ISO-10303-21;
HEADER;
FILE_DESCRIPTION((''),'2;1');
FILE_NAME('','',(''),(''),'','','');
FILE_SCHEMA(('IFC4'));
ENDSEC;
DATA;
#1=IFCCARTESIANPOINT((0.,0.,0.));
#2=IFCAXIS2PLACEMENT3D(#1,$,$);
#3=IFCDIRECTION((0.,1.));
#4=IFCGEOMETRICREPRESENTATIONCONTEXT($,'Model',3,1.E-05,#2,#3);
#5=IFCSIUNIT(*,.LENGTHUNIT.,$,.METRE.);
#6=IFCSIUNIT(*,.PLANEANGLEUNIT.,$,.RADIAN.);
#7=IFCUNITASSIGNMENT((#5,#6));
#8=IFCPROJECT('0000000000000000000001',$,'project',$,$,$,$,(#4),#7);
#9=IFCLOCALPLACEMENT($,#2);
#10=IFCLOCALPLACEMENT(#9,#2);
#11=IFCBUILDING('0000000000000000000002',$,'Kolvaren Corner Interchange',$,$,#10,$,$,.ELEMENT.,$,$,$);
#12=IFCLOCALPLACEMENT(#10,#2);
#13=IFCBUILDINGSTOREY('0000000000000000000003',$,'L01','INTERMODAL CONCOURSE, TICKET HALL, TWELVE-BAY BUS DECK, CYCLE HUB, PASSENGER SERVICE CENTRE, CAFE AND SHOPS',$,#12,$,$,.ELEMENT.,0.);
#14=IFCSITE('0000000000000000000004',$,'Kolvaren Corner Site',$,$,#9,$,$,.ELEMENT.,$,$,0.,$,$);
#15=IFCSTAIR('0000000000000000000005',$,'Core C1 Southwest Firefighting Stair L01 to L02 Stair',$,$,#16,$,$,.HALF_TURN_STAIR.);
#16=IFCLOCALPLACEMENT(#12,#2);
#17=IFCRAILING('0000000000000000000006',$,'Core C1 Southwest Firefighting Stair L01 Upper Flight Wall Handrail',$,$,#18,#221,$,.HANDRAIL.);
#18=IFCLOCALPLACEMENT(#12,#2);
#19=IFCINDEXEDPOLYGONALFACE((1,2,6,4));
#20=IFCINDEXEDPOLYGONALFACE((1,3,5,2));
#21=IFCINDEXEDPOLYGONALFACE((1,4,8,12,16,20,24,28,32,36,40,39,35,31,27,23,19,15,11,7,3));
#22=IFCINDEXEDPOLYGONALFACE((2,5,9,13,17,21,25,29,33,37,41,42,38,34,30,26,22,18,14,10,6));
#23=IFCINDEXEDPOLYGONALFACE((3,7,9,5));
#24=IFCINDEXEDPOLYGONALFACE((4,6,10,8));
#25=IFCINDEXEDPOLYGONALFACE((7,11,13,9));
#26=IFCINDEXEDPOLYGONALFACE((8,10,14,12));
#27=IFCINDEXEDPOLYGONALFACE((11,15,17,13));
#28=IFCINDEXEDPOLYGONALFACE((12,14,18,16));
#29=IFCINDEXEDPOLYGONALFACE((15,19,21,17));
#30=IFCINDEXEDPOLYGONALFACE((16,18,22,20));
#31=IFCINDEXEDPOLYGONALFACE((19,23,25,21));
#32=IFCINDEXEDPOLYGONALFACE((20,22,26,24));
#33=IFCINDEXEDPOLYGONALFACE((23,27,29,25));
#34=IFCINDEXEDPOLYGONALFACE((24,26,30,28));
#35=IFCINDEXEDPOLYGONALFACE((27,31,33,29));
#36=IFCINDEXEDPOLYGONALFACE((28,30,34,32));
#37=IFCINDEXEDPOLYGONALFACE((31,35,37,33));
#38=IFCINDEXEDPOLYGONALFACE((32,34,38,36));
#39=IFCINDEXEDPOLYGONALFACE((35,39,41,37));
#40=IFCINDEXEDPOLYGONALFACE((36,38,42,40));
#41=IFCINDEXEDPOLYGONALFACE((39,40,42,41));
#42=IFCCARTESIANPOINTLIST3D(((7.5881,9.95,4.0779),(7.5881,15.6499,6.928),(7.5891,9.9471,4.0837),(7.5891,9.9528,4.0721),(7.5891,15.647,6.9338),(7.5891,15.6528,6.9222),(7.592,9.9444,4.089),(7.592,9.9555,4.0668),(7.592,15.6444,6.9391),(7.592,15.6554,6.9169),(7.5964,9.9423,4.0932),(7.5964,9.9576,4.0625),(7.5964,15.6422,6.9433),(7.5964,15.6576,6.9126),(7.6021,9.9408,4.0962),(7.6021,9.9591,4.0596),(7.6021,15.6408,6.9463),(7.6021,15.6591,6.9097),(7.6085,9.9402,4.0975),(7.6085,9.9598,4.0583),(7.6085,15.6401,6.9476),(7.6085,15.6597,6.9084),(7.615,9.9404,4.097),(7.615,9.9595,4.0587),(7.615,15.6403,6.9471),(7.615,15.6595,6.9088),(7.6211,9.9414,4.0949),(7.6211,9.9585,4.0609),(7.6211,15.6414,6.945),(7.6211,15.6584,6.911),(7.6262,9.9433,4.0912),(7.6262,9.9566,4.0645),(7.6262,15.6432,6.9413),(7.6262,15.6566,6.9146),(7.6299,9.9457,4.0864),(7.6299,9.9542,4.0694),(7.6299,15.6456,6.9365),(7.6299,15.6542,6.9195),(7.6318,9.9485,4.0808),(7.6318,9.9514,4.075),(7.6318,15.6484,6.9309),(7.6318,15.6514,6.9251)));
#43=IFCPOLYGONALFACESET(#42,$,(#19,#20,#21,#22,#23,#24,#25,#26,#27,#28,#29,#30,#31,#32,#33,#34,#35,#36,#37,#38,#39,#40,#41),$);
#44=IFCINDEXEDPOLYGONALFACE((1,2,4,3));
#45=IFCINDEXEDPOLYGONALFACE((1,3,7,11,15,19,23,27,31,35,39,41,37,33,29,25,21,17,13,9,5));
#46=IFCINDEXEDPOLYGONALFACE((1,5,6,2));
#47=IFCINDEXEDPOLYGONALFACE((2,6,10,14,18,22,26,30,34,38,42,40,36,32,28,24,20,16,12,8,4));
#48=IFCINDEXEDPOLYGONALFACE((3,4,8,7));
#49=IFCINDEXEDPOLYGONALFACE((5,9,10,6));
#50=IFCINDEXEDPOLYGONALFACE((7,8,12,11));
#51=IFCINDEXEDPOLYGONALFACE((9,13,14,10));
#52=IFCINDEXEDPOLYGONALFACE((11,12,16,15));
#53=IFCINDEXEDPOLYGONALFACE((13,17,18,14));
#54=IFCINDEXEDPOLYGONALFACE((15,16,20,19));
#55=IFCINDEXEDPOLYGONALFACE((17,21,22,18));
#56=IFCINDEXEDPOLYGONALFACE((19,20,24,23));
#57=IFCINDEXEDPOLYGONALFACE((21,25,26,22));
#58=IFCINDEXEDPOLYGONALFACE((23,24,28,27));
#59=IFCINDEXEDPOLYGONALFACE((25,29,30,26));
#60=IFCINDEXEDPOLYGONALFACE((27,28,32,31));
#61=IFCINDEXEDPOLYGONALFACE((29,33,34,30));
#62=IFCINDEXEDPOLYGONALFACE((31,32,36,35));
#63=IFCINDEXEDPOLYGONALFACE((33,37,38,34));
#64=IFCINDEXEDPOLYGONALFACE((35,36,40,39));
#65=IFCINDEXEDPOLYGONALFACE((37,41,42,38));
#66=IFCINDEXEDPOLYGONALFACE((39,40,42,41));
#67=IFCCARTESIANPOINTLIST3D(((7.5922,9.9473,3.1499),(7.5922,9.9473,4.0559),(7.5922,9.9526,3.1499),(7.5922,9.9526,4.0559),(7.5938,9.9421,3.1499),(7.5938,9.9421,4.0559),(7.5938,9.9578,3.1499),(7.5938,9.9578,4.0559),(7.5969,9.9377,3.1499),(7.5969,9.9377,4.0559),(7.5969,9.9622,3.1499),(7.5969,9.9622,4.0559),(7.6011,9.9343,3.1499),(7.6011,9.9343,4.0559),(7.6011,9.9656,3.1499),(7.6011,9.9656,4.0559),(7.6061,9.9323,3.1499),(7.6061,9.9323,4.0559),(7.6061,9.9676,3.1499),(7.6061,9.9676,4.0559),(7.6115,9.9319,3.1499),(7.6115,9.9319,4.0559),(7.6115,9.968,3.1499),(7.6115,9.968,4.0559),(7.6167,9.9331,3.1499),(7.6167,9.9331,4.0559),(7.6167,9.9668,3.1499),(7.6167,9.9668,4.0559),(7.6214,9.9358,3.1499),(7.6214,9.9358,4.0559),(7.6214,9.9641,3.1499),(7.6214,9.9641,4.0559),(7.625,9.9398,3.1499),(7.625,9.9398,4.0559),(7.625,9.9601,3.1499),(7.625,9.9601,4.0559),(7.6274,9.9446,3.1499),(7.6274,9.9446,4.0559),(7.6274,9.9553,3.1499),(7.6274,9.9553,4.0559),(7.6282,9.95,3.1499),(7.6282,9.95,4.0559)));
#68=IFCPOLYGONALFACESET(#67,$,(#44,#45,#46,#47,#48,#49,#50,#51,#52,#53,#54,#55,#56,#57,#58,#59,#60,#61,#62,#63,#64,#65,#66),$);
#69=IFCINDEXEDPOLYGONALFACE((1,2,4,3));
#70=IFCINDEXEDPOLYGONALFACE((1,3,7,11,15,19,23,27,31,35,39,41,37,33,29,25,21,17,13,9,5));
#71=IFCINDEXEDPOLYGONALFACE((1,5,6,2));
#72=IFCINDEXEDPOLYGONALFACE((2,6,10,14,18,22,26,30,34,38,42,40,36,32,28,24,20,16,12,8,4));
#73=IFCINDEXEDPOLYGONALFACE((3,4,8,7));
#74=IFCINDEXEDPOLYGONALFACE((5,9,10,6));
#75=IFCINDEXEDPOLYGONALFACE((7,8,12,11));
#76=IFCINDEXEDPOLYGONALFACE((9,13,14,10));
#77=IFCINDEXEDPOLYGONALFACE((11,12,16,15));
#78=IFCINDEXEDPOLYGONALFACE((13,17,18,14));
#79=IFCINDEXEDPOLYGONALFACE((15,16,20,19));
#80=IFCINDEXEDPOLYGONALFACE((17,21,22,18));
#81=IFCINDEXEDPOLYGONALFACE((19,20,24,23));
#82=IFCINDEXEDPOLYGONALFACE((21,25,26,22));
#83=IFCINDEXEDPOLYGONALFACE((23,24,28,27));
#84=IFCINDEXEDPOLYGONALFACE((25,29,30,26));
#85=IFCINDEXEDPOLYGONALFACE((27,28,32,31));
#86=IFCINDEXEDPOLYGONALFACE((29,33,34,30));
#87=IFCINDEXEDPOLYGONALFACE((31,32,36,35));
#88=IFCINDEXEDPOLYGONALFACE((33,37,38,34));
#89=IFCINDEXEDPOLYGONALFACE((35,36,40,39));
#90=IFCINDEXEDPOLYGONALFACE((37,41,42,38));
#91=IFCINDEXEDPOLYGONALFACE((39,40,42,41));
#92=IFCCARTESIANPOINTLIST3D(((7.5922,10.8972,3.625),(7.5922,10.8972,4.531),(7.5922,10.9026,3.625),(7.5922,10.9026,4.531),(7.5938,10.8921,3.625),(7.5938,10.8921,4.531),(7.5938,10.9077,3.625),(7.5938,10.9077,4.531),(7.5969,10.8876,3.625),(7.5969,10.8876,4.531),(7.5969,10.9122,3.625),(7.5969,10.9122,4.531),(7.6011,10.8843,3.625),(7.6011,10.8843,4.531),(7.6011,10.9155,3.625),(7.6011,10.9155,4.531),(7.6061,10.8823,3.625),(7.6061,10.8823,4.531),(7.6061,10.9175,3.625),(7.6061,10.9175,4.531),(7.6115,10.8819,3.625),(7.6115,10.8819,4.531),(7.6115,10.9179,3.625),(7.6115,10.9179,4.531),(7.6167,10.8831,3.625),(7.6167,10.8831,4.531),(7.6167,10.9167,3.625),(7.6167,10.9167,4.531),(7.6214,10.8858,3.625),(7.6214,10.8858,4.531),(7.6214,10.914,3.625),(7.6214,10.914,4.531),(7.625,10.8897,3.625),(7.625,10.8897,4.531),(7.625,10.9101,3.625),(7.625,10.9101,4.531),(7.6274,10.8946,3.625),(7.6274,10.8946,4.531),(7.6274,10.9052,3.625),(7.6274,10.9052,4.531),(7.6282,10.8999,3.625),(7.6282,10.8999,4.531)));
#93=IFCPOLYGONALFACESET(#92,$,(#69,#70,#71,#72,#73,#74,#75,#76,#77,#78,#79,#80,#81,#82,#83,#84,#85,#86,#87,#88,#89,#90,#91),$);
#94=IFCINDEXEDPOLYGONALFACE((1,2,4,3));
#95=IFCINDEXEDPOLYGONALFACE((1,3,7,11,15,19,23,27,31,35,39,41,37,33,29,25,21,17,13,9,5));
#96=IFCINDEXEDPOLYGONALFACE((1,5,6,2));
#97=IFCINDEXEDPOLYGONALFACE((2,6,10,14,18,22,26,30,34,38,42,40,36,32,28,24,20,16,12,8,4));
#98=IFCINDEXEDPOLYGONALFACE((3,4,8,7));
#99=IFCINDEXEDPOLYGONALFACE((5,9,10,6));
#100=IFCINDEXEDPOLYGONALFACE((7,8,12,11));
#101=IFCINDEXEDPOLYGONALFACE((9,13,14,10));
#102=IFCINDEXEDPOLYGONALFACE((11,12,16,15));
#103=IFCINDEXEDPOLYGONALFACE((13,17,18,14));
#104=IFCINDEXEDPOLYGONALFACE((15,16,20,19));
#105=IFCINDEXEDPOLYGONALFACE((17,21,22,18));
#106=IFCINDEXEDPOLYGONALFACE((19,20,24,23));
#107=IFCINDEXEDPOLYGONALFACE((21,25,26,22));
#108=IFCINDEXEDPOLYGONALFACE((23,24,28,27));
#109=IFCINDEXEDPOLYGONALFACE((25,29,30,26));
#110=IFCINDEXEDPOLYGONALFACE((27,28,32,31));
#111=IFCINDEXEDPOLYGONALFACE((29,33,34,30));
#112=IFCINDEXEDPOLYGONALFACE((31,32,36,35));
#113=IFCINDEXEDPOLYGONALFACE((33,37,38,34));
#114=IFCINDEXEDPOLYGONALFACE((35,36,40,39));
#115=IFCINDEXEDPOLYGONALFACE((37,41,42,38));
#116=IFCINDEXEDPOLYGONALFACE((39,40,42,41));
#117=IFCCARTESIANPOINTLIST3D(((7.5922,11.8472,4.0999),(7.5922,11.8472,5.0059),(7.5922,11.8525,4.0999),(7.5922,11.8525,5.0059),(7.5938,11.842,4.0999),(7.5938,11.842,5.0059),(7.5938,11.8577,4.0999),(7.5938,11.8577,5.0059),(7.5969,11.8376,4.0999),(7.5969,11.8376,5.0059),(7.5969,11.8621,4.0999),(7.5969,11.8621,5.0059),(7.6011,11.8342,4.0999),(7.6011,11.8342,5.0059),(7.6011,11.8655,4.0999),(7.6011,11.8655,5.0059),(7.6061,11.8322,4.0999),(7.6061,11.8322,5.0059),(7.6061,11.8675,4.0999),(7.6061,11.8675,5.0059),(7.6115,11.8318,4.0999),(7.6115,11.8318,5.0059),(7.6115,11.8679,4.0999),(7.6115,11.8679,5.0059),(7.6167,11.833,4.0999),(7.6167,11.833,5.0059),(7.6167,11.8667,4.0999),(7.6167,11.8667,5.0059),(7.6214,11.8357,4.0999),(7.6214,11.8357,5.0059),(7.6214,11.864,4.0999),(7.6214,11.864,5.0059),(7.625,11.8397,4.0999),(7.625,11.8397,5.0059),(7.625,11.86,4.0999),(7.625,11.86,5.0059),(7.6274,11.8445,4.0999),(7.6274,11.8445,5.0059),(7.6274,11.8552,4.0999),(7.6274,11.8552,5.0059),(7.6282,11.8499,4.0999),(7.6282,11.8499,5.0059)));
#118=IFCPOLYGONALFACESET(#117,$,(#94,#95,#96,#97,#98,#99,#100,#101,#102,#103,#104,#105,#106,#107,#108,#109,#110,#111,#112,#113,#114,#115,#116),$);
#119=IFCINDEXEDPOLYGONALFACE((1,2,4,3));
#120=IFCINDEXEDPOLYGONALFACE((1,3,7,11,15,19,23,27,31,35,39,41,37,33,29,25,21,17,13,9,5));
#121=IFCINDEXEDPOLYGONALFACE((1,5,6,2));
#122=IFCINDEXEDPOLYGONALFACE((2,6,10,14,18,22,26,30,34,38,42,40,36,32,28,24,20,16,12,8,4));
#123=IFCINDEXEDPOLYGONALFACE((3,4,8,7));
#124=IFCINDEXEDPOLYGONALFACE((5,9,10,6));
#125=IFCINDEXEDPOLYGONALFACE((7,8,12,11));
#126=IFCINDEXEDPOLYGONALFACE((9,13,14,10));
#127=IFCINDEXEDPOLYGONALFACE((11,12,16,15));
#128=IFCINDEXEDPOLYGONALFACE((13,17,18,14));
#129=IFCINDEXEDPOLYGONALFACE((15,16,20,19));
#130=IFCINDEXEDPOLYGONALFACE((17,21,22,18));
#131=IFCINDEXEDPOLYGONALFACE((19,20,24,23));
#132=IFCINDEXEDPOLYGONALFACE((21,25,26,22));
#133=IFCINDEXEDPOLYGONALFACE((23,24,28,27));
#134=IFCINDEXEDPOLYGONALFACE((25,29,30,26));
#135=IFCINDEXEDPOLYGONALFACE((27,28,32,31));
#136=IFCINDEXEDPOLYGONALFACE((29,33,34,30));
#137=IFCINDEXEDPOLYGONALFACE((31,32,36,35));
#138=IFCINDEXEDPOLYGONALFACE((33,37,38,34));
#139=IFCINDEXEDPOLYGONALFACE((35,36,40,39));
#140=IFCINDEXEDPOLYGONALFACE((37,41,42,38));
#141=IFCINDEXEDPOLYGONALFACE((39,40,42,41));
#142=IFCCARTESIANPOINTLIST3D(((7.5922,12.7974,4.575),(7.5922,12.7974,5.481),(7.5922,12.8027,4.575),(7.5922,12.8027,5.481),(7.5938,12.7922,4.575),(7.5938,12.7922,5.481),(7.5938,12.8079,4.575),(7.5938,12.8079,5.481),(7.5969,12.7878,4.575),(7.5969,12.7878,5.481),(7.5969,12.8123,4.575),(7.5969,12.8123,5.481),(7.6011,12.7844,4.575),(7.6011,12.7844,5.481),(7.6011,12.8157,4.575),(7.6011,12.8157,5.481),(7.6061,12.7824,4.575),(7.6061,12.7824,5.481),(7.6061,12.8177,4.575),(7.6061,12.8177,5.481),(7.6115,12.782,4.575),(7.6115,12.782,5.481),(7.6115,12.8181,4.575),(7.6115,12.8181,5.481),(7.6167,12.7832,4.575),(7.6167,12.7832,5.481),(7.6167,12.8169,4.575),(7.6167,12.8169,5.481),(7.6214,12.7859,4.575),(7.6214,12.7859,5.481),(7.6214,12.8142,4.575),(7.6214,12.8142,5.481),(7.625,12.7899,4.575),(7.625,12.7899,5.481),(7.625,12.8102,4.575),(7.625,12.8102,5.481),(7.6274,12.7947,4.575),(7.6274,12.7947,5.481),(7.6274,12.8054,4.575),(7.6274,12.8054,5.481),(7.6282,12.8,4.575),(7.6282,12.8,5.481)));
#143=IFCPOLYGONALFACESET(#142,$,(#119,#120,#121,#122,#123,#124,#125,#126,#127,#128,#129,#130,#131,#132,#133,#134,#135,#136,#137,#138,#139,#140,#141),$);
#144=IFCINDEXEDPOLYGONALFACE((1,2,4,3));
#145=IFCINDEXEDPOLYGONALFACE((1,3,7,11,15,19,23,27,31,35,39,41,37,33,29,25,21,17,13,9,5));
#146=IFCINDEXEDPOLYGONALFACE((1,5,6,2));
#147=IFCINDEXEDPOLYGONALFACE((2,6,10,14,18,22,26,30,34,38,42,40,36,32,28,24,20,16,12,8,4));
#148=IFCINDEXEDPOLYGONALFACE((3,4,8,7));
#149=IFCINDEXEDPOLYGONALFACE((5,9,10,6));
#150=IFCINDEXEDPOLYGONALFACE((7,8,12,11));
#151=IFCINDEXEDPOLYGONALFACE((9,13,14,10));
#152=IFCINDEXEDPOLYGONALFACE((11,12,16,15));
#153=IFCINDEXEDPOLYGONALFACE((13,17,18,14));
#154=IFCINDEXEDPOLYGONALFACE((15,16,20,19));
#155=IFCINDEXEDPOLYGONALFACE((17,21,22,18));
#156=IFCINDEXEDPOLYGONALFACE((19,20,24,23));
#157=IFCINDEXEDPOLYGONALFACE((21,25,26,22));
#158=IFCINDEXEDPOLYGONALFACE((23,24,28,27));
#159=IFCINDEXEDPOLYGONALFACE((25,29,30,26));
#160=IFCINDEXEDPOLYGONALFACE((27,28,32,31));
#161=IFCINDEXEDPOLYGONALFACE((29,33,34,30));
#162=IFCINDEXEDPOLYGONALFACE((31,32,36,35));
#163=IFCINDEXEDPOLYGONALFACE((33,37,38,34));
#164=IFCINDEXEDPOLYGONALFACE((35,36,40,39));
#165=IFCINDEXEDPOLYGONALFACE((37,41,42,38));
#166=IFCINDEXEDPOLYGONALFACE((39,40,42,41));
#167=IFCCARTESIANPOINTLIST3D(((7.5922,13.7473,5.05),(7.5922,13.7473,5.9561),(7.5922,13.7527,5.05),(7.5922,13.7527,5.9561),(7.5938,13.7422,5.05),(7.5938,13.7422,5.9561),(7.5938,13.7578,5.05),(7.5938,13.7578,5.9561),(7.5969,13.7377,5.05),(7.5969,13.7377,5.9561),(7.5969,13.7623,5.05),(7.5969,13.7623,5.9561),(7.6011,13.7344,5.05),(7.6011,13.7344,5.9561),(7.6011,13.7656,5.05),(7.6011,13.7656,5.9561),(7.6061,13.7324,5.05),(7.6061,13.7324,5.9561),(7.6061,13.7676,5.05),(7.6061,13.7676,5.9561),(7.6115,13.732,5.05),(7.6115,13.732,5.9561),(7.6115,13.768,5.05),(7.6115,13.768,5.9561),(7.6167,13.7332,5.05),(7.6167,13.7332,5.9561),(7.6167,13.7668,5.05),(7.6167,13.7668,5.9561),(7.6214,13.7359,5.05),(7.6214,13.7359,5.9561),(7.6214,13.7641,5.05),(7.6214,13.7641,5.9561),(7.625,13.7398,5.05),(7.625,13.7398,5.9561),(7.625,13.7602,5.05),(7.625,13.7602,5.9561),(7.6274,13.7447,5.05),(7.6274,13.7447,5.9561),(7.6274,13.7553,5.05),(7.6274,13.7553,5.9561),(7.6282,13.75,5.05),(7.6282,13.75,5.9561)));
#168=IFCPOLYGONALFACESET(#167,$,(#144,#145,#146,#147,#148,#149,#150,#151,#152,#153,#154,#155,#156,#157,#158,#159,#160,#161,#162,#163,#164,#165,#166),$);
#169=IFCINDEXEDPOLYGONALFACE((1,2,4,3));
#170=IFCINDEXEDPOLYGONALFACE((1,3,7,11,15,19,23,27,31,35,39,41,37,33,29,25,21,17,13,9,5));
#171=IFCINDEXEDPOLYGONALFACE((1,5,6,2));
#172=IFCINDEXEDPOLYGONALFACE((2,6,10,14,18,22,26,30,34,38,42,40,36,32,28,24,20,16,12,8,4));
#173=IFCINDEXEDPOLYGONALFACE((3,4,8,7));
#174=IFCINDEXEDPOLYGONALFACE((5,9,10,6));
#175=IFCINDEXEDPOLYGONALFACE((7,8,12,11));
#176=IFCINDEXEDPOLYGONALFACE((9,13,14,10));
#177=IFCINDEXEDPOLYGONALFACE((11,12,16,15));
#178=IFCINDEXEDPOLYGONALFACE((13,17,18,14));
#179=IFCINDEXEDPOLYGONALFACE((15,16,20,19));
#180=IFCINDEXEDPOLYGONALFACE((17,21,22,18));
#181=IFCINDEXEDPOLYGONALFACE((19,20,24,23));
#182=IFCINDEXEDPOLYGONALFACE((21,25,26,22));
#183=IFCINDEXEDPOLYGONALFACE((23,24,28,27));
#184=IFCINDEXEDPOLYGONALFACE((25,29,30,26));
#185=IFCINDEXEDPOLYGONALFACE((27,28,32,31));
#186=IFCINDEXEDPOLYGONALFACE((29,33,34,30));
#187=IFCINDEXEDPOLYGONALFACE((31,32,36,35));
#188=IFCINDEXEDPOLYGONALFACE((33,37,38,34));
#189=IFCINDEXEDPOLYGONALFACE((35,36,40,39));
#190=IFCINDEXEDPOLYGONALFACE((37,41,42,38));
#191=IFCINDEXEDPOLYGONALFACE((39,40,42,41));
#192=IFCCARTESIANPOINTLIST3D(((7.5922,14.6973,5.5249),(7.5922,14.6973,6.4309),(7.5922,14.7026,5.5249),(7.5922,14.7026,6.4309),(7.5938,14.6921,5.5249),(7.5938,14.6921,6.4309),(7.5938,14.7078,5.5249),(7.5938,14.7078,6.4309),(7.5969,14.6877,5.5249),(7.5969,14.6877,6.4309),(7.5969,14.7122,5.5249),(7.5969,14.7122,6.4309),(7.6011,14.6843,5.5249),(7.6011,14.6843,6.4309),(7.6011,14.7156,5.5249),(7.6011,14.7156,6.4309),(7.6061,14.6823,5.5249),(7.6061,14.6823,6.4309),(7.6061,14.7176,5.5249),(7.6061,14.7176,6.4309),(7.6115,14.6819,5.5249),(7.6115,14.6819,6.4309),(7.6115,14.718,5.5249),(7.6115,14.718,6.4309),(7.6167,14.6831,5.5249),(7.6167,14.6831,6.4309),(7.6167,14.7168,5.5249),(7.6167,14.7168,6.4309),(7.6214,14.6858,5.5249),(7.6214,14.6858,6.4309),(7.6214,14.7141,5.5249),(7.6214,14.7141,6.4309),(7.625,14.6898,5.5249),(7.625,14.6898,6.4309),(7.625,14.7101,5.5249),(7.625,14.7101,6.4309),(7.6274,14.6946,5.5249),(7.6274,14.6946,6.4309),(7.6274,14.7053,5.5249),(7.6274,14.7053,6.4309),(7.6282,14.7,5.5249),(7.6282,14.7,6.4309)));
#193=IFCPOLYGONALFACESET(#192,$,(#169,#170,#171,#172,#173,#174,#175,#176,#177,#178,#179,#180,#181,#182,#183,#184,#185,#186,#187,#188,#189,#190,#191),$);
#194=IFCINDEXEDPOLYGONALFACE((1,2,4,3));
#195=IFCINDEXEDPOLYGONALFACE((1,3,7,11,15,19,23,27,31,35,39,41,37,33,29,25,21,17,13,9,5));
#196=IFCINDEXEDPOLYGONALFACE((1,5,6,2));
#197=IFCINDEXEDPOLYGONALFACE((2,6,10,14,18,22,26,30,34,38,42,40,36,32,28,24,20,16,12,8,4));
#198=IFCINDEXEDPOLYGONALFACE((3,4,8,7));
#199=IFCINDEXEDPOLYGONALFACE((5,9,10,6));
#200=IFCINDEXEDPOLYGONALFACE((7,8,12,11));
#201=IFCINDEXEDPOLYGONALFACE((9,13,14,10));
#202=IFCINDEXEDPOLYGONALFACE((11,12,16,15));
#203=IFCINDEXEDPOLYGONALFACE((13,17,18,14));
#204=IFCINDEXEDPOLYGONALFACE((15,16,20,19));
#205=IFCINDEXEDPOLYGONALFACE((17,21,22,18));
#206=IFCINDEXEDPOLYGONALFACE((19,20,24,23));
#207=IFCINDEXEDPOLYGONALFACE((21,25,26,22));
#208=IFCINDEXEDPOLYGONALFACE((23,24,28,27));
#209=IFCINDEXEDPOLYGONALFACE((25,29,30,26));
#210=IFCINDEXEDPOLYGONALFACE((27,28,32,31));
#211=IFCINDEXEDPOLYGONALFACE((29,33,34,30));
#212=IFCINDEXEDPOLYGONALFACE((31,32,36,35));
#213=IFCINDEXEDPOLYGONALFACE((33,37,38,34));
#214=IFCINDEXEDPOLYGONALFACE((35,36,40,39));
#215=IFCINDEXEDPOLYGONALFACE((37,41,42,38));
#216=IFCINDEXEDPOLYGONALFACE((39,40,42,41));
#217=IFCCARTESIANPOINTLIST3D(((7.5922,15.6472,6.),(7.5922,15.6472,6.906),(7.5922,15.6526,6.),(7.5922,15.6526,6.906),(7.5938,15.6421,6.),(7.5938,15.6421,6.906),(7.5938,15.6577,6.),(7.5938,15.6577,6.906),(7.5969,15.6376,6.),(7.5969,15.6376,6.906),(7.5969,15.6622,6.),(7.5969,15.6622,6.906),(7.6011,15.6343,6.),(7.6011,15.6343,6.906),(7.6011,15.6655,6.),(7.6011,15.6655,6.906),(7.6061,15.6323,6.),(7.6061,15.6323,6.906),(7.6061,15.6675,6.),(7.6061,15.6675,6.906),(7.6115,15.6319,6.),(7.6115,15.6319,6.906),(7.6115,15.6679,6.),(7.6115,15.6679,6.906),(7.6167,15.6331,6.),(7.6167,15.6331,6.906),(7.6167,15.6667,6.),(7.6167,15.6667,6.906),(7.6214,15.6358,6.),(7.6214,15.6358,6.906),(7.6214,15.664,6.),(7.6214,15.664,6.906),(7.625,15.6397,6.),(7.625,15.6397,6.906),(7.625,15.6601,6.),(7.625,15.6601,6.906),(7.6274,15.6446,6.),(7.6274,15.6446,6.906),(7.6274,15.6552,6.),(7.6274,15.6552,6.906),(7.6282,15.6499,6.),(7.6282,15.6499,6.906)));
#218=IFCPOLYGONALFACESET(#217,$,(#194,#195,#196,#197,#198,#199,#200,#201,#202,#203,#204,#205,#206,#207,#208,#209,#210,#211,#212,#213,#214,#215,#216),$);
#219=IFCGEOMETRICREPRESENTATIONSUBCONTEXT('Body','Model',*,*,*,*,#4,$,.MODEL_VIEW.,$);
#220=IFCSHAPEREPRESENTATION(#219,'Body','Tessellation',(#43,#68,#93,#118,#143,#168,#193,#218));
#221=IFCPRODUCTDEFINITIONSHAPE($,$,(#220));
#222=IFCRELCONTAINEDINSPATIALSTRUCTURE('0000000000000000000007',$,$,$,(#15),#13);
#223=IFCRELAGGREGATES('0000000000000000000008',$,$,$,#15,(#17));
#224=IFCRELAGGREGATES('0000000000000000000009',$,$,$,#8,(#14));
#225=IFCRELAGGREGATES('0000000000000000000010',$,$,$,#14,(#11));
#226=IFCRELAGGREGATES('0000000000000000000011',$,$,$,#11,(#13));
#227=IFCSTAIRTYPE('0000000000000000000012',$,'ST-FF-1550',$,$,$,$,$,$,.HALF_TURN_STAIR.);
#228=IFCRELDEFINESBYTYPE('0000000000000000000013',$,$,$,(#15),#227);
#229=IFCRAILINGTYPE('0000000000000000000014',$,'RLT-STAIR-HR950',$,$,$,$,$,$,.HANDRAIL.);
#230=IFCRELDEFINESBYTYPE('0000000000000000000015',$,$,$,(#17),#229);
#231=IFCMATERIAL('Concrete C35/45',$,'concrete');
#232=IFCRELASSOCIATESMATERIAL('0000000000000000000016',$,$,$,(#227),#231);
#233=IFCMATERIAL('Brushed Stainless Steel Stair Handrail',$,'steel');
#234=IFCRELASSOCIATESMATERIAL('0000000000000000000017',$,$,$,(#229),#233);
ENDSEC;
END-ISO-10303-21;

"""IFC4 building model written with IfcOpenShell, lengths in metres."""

from ifc_helpers import new_model, si_unit, direction, frame, origin, origin_2d, place, context, subcontext, project, spatial, circle, extrude, material, type_object, element, aggregate, save


model = new_model("IFC4")

# Units and contexts
model_context = context("Model", 3, precision=1e-05, world=origin(), true_north=direction((0.0, 1.0)))
body_context = subcontext(model_context, "Body", "Model", "MODEL_VIEW")
ifc_project = project(units=[si_unit("LENGTHUNIT", "METRE"), si_unit("PLANEANGLEUNIT", "RADIAN")], contexts=[model_context])

# Site, building, storey
site_placement = place(None, origin())
site = spatial("IfcSite", under=ifc_project, at=site_placement, Name="Kolvaren Corner Site", CompositionType="ELEMENT", RefElevation=0.0)
building_placement = place(site_placement, origin())
building = spatial("IfcBuilding", under=site, at=building_placement, Name="Kolvaren Corner Interchange", CompositionType="ELEMENT")
storey_placement = place(building_placement, origin())
storey = spatial("IfcBuildingStorey", under=building, at=storey_placement, Name="L01", Description="INTERMODAL CONCOURSE, TICKET HALL, TWELVE-BAY BUS DECK, CYCLE HUB, PASSENGER SERVICE CENTRE, CAFE AND SHOPS", CompositionType="ELEMENT", Elevation=0.0)

# Stair
ifc_material_1 = material(Name="Concrete C35/45", Category="concrete")
stair_type = type_object("IfcStairType", Name="ST-FF-1550", PredefinedType="HALF_TURN_STAIR", material=ifc_material_1)
stair_placement = place(storey_placement, origin())
stair = element("IfcStair", 1, at=stair_placement, inside=storey, type_object=stair_type, Name="Core C1 Southwest Firefighting Stair L01 to L02 Stair", PredefinedType="HALF_TURN_STAIR")

# Railing
ifc_material_2 = material(Name="Brushed Stainless Steel Stair Handrail", Category="steel")
railing_type_1 = type_object("IfcRailingType", Name="RLT-STAIR-HR950", PredefinedType="HANDRAIL", material=ifc_material_2)
railing_1_placement = place(storey_placement, frame((7.6101, 9.95, 3.1499)))
railing_1 = element("IfcRailing", 2, at=railing_1_placement, type_object=railing_type_1, Name="Core C1 Southwest Firefighting Stair L01 Upper Flight Wall Handrail", PredefinedType="HANDRAIL", context=body_context, shape_type="SweptSolid", body=[
    extrude(circle(Radius=0.022, at=origin_2d()), frame((0.0, 0.0, 0.928), z_axis=(0.0, 0.89442, 0.447229), x_axis=(-1.0, 0.0, 0.0)), (0.0, 0.0, 1.0), 6.3728),
    extrude(circle(Radius=0.0181, at=origin_2d()), origin(), (0.0, 0.0, 1.0), 0.906),
    extrude(circle(Radius=0.0181, at=origin_2d()), frame((0.0, 0.95, 0.4751)), (0.0, 0.0, 1.0), 0.906),
    extrude(circle(Radius=0.0181, at=origin_2d()), frame((0.0, 1.8999, 0.95)), (0.0, 0.0, 1.0), 0.906),
    extrude(circle(Radius=0.0181, at=origin_2d()), frame((0.0, 2.8501, 1.425)), (0.0, 0.0, 1.0), 0.906),
    extrude(circle(Radius=0.0181, at=origin_2d()), frame((0.0, 3.8, 1.9001)), (0.0, 0.0, 1.0), 0.906),
    extrude(circle(Radius=0.0181, at=origin_2d()), frame((0.0, 4.75, 2.375)), (0.0, 0.0, 1.0), 0.906),
    extrude(circle(Radius=0.0181, at=origin_2d()), frame((0.0, 5.7, 2.8501)), (0.0, 0.0, 1.0), 0.906),
])
aggregate(stair, [railing_1])

save(model, "model.ifc")
